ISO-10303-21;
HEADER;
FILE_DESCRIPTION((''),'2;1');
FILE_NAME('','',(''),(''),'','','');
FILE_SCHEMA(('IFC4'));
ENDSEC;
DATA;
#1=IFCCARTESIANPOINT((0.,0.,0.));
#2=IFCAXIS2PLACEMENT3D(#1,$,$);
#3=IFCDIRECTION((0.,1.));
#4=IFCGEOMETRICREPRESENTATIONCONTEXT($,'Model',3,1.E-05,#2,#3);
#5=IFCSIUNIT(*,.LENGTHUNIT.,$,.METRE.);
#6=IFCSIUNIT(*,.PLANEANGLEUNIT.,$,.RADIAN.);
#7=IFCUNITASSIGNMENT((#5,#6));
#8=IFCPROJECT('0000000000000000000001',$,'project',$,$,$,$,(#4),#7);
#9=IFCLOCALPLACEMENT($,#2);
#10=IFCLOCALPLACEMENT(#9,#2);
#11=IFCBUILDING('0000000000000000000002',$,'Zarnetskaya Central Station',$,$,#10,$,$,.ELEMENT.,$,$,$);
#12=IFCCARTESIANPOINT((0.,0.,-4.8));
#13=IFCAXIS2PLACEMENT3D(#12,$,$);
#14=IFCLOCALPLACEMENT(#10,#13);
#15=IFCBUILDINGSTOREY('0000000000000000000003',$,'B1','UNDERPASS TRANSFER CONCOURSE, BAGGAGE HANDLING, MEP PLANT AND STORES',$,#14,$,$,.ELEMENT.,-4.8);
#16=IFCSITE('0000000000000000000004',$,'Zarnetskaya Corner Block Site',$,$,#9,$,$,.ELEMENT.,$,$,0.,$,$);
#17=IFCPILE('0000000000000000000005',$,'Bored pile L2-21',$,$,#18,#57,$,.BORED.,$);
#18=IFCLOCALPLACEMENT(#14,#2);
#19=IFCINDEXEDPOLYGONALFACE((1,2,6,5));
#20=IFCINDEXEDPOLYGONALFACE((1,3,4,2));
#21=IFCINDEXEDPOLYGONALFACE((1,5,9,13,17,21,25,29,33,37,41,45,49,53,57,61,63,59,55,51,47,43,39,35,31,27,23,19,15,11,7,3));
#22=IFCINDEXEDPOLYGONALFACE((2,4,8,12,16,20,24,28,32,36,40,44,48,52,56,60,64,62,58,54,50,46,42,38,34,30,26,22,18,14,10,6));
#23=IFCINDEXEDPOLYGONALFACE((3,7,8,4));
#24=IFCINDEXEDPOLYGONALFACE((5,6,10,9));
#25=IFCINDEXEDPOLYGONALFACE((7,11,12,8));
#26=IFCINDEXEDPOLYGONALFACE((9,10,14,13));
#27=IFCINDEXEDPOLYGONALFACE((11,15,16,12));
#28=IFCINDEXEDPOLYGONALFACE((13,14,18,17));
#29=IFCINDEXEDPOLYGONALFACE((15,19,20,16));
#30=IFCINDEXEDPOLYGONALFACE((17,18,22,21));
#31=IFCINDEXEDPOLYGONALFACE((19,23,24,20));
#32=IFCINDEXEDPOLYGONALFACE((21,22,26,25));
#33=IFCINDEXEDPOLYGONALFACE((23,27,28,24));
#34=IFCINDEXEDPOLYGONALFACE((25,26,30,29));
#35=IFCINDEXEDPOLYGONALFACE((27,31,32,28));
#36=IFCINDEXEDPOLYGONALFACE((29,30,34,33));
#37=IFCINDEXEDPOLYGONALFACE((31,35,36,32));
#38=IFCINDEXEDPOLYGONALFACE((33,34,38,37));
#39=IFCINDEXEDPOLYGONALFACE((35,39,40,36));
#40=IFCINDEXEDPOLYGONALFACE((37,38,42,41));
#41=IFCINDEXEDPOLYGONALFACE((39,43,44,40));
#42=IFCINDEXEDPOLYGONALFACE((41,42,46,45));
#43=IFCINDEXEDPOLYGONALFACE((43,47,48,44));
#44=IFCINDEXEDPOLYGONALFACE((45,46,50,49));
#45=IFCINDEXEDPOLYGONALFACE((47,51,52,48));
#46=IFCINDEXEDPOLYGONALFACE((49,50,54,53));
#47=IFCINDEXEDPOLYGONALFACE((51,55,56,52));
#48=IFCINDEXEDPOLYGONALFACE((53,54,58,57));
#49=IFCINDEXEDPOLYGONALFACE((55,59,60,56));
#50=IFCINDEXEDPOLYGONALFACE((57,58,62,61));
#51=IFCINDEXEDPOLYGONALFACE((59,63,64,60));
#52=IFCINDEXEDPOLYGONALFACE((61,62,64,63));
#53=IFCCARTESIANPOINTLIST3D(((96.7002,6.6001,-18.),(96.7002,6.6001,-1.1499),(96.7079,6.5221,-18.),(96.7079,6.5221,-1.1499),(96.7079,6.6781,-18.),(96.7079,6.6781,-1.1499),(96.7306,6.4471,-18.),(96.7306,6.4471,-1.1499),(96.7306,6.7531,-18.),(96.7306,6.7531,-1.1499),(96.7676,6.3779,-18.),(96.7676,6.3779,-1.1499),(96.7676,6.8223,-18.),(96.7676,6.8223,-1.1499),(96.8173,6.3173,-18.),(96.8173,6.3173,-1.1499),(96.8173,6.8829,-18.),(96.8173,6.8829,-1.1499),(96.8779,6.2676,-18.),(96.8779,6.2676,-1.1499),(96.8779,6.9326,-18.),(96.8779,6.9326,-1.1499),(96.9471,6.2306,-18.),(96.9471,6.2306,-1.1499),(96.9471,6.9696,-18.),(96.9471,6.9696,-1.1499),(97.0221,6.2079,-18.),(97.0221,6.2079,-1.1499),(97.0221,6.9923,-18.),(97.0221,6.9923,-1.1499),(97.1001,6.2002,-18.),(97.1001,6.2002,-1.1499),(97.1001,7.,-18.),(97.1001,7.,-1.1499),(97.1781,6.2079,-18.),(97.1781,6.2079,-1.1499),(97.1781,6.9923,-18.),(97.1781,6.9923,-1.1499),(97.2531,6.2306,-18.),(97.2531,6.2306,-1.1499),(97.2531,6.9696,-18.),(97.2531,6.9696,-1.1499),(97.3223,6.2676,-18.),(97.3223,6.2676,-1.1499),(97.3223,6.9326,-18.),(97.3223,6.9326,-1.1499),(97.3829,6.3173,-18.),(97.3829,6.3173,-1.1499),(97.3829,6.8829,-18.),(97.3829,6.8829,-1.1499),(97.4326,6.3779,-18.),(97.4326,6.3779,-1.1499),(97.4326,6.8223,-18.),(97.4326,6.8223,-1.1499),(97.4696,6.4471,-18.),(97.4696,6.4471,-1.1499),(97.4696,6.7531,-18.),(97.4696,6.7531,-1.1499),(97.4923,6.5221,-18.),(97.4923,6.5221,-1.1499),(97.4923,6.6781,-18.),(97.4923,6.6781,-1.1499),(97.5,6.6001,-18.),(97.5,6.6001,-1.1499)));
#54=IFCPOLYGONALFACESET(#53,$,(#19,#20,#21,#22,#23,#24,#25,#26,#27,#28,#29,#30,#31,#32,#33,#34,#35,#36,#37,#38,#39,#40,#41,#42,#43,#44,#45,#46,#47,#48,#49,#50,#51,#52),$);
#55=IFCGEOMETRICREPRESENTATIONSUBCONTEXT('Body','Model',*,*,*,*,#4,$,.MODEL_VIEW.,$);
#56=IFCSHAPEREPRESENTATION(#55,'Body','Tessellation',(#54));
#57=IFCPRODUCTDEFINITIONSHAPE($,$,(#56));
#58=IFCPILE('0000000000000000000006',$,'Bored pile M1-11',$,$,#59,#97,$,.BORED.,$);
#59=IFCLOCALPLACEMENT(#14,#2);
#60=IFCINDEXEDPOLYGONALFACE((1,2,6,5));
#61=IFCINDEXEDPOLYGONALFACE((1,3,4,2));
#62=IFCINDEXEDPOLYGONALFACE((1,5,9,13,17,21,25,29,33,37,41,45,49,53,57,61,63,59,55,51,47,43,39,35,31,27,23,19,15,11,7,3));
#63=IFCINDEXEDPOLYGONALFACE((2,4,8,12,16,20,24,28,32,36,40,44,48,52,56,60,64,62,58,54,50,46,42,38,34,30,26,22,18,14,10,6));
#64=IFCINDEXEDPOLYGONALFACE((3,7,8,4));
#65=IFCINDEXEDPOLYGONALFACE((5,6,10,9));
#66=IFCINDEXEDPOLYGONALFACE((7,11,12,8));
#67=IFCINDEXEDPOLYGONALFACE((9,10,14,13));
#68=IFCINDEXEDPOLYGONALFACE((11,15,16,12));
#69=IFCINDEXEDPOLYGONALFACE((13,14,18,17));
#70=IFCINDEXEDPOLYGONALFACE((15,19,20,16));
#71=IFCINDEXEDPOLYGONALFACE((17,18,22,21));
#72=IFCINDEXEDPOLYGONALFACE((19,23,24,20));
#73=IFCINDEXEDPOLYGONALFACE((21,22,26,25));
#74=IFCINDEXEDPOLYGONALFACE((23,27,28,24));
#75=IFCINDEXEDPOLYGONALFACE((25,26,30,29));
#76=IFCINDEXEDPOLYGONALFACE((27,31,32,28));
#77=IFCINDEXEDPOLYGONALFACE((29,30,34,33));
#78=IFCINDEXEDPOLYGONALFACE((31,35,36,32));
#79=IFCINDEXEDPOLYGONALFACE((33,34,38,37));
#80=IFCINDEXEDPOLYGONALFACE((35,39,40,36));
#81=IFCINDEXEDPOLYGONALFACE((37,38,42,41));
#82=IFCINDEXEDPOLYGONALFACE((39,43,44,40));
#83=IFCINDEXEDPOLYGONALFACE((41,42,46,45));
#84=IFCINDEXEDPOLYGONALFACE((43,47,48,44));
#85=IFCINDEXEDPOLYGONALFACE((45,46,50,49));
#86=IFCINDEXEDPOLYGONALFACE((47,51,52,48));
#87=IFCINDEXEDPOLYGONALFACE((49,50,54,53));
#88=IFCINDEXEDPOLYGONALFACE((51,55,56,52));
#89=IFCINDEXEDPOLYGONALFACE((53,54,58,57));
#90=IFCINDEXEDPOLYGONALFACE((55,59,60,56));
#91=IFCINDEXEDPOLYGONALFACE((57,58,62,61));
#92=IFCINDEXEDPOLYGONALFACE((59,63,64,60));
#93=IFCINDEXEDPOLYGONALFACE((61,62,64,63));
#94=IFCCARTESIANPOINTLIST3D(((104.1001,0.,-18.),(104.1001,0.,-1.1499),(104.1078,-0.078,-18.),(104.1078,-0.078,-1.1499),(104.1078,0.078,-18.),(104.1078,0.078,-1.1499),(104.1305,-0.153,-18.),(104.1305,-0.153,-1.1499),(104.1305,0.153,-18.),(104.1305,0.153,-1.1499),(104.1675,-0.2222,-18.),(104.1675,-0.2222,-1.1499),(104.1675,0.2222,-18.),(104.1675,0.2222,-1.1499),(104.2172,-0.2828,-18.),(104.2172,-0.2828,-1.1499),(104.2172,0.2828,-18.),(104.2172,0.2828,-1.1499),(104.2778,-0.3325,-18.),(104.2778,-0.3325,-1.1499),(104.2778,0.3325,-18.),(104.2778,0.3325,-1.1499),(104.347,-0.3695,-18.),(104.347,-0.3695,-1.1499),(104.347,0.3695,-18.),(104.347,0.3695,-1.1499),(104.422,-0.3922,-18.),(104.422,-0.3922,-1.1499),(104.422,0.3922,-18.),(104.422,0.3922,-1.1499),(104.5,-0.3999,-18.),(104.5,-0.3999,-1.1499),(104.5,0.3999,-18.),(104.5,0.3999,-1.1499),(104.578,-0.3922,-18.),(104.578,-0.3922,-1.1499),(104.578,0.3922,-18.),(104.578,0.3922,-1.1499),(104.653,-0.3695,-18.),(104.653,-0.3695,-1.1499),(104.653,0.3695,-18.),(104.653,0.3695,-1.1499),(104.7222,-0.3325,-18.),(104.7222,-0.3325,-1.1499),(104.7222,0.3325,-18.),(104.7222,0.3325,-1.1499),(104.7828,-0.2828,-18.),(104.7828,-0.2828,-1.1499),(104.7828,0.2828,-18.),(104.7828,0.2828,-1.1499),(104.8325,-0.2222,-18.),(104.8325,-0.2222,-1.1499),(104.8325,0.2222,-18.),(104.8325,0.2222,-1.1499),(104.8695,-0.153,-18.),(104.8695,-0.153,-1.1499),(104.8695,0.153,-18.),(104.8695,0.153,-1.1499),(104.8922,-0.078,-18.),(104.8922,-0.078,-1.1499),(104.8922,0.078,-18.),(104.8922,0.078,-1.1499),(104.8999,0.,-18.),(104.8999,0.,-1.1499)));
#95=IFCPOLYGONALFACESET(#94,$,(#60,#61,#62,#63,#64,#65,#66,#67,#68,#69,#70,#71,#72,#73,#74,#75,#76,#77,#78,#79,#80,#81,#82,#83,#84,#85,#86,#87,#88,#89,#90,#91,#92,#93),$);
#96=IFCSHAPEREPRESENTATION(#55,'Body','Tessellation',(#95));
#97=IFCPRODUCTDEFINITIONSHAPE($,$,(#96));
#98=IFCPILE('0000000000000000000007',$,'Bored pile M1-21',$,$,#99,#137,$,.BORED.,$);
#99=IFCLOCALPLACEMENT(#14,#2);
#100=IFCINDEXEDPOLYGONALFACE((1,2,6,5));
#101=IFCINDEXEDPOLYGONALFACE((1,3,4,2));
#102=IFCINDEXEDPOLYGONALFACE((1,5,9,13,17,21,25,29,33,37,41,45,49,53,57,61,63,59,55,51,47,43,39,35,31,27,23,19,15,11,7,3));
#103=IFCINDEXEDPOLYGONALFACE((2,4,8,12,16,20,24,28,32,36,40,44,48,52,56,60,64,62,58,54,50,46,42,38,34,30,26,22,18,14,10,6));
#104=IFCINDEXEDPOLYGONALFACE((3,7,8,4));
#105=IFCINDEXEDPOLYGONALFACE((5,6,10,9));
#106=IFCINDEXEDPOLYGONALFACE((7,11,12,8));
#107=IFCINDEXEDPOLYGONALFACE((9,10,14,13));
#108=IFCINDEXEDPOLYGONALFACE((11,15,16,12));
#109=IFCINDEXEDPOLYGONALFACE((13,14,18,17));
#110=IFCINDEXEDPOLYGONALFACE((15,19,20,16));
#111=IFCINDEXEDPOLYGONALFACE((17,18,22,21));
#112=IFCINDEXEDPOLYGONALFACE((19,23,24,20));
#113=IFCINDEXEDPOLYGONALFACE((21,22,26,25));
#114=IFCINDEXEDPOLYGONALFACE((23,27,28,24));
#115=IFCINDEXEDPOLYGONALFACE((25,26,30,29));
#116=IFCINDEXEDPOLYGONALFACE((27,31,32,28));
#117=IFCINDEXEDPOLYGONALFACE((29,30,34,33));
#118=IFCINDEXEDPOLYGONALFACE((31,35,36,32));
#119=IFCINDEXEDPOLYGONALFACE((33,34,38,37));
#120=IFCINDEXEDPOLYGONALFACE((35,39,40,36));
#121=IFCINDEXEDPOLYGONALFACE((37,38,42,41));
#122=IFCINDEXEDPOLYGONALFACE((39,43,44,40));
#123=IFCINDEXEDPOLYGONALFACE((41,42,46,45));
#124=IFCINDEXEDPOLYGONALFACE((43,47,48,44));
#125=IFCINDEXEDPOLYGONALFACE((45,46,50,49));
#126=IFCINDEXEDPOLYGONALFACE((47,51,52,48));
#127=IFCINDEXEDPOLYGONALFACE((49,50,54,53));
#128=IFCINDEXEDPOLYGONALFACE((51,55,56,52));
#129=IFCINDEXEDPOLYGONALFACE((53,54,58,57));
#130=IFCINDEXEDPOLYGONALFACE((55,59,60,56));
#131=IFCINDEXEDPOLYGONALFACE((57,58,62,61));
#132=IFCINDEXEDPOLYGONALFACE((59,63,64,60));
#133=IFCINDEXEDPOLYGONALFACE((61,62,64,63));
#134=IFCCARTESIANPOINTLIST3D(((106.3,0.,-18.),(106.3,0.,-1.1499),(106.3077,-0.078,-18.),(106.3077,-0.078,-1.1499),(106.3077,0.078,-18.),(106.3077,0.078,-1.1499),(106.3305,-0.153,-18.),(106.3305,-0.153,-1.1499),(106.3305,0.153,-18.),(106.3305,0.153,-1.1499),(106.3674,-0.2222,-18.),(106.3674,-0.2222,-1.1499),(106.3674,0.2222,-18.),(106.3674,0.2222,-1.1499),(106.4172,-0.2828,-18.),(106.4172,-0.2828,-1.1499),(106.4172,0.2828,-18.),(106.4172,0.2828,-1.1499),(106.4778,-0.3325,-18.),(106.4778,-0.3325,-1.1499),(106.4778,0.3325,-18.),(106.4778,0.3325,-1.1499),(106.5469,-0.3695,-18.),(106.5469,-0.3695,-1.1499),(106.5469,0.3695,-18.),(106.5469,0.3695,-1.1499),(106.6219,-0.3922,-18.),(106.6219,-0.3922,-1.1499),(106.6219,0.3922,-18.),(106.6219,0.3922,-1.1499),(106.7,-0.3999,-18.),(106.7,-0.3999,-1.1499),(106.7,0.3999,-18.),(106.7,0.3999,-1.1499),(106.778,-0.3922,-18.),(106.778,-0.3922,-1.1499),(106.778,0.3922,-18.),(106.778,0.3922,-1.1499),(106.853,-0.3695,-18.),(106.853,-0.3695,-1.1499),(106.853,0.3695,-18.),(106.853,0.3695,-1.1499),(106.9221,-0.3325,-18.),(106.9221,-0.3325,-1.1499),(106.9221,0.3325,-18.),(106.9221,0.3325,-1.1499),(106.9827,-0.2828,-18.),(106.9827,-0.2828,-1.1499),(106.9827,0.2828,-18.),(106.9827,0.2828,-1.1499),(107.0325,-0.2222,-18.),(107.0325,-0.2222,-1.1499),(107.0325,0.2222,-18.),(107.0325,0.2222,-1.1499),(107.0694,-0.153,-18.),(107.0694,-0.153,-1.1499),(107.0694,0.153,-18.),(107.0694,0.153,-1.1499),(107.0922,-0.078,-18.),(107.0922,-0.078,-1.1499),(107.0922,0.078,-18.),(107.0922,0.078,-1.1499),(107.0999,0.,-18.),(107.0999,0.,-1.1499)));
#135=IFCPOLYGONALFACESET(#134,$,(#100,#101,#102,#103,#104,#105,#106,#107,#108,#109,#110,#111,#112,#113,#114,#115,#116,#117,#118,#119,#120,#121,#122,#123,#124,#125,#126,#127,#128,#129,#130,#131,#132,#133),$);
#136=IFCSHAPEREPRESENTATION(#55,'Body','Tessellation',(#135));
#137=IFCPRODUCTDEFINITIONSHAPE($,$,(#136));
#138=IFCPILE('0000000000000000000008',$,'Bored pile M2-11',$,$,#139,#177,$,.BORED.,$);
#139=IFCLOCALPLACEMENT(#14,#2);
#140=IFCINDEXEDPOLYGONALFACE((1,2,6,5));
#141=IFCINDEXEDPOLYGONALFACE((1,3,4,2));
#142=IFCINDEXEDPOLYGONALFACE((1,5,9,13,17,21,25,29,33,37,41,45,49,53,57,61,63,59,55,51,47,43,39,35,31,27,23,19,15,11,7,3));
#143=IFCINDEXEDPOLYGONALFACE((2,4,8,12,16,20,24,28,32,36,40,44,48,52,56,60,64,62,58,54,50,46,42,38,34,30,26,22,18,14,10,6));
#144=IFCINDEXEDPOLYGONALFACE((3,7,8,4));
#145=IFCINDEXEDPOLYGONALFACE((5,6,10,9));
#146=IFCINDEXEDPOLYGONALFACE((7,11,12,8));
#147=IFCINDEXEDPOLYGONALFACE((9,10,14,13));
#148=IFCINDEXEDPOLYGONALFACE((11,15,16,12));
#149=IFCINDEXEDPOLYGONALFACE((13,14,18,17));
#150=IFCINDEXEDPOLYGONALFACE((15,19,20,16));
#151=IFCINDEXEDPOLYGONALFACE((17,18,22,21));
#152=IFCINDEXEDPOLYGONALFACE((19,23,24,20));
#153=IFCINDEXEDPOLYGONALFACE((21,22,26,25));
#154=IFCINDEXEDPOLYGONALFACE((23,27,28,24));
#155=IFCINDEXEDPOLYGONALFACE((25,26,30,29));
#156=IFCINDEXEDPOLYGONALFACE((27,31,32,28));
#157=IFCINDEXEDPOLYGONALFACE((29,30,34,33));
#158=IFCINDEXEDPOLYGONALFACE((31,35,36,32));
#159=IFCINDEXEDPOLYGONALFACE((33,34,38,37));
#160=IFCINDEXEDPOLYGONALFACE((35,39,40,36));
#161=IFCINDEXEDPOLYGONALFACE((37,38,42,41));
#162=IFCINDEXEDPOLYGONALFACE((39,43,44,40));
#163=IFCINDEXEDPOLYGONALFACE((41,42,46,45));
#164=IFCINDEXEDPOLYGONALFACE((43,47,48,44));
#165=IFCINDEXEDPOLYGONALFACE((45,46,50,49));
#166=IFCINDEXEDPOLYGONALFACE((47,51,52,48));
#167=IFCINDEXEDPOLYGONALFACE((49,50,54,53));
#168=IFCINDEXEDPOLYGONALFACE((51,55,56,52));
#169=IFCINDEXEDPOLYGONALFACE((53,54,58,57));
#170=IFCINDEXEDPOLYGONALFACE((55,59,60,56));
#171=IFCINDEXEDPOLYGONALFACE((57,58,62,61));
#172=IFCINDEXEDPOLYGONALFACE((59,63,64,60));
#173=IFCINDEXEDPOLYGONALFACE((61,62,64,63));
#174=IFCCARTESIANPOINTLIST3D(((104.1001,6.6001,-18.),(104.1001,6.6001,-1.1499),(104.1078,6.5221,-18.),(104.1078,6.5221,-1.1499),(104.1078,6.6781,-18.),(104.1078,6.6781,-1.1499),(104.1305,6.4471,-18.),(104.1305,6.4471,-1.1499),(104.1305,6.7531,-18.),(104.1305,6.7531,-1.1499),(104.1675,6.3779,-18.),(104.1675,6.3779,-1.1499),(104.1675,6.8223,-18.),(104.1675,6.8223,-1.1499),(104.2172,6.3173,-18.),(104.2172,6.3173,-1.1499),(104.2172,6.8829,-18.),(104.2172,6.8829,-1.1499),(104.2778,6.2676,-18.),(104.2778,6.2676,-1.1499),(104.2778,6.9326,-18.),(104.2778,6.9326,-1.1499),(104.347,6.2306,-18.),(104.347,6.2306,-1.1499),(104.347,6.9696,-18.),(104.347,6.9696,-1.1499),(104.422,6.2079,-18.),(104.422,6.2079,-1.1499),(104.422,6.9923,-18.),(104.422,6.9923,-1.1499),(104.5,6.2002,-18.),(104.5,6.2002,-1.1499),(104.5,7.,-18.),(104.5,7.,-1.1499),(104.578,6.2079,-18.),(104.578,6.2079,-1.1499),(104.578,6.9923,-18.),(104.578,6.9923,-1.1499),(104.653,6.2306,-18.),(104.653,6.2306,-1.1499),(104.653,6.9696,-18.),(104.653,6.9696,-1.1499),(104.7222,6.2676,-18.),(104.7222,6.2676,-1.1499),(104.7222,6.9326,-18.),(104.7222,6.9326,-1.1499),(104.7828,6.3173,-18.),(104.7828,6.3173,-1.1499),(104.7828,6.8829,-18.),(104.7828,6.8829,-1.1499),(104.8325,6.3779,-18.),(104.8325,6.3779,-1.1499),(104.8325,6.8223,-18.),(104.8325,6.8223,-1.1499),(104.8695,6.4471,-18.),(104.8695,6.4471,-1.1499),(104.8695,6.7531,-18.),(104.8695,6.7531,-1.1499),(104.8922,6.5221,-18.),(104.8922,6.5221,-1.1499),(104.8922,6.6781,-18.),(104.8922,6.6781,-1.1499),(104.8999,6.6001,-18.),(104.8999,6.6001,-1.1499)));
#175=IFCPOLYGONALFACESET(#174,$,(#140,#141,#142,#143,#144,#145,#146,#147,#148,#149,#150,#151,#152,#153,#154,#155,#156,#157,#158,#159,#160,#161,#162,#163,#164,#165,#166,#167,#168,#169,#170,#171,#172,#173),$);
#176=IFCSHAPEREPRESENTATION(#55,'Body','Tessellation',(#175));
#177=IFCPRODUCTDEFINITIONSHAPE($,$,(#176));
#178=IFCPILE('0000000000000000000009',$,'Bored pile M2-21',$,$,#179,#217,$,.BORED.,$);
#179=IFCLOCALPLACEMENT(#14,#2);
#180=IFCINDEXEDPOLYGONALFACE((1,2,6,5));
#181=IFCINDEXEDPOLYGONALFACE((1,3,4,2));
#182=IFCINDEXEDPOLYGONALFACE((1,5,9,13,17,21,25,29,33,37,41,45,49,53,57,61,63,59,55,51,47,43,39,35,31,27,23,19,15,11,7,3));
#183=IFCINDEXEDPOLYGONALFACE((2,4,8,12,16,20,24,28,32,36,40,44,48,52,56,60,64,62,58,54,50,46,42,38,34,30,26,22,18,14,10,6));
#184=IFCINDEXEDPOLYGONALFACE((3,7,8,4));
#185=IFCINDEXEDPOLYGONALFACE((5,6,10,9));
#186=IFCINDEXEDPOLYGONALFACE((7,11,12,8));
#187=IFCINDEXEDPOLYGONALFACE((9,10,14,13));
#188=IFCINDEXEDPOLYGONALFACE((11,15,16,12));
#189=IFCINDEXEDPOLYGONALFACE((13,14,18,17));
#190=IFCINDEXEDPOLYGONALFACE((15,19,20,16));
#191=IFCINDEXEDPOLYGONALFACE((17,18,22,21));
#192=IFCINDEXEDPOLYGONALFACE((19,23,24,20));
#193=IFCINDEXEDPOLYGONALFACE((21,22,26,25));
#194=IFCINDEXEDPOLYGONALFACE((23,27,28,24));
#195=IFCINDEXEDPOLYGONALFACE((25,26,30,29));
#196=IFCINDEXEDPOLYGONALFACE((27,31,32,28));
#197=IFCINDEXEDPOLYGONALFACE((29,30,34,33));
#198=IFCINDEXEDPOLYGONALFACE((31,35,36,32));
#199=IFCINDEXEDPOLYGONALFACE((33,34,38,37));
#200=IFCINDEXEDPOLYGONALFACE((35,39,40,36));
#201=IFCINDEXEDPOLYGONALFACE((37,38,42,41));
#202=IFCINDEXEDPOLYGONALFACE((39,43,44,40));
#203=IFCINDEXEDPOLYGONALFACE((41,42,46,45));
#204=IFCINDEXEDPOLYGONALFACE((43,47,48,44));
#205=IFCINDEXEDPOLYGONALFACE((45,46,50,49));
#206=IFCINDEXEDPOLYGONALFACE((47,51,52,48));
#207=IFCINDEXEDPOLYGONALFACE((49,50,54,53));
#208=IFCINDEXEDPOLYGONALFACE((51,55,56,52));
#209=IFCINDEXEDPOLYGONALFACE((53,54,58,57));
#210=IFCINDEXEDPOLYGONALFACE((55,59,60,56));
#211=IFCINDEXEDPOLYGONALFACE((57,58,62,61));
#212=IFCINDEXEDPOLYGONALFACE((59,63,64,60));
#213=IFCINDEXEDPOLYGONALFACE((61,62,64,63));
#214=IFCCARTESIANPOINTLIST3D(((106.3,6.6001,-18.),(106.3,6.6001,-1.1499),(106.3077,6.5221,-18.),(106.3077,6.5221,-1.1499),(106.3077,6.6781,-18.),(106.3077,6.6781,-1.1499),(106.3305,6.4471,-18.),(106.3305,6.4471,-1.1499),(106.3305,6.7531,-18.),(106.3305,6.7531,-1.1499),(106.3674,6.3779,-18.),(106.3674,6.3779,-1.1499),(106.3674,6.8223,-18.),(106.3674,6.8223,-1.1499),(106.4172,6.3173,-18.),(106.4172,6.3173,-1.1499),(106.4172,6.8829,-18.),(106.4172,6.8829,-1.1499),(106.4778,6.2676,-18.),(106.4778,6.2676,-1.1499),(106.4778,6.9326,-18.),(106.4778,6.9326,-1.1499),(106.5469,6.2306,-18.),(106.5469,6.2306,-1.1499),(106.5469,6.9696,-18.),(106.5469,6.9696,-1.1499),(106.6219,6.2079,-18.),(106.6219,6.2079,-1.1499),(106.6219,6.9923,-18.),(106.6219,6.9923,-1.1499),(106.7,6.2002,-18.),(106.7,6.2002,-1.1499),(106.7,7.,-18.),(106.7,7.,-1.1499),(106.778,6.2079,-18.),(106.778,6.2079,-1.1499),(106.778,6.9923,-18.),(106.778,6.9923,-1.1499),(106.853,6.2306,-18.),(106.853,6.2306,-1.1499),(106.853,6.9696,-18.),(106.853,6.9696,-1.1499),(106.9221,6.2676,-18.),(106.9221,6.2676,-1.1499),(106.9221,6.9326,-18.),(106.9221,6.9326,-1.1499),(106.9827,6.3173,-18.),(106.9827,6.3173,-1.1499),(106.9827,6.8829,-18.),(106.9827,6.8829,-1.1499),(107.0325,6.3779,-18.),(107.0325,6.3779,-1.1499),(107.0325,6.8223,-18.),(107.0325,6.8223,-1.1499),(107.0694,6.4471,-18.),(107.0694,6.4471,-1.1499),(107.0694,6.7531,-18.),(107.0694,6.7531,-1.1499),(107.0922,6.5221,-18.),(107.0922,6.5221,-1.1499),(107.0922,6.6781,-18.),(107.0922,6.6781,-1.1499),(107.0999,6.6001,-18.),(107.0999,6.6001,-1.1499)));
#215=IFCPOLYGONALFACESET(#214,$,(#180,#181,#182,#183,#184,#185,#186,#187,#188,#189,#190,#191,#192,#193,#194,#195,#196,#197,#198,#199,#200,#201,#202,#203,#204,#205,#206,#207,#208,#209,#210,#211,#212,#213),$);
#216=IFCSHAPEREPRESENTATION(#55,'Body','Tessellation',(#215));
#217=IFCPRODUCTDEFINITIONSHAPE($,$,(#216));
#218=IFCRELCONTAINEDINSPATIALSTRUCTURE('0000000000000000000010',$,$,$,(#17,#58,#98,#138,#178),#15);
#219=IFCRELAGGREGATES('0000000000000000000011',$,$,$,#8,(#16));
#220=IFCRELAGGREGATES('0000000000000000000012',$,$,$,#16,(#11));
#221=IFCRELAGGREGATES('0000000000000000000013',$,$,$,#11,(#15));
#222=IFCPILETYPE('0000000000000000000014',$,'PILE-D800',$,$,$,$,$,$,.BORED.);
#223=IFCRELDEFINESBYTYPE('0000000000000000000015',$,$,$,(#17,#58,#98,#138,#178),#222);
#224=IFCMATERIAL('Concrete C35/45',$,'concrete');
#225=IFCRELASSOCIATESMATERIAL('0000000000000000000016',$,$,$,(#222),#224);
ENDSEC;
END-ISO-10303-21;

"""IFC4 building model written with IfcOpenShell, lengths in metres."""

from ifc_helpers import new_model, si_unit, direction, frame, origin, origin_2d, place, context, subcontext, project, spatial, circle, extrude, material, material_profile, profile_set, type_object, element, save


model = new_model("IFC4")

# Units and contexts
model_context = context("Model", 3, precision=1e-05, world=origin(), true_north=direction((0.0, 1.0)))
body_context = subcontext(model_context, "Body", "Model", "MODEL_VIEW")
ifc_project = project(units=[si_unit("LENGTHUNIT", "METRE"), si_unit("PLANEANGLEUNIT", "RADIAN")], contexts=[model_context])

# Site, building, storey
site_placement = place(None, origin())
site = spatial("IfcSite", under=ifc_project, at=site_placement, Name="Zarnetskaya Corner Block Site", CompositionType="ELEMENT", RefElevation=0.0)
building_placement = place(site_placement, origin())
building = spatial("IfcBuilding", under=site, at=building_placement, Name="Zarnetskaya Central Station", CompositionType="ELEMENT")
storey_placement = place(building_placement, frame((0.0, 0.0, -4.8)))
storey = spatial("IfcBuildingStorey", under=building, at=storey_placement, Name="B1", Description="UNDERPASS TRANSFER CONCOURSE, BAGGAGE HANDLING, MEP PLANT AND STORES", CompositionType="ELEMENT", Elevation=-4.8)

# Shared definitions
ifc_material_1 = material(Name="Concrete C35/45", Category="concrete")

# Piles
ifc_material_profile_1 = material_profile(ifc_material_1, circle(Radius=0.3999, at=origin_2d()), Name="BORED PILE D800")
ifc_profile_set_1 = profile_set([ifc_material_profile_1], Name="Concrete C35/45")
pile_type_1 = type_object("IfcPileType", Name="PILE-D800", PredefinedType="BORED", material=ifc_profile_set_1)
for number, where, z_axis, x_axis, name in (
    (1, (97.1001, 6.6001, -1.1499), (0.0, 0.0, -1.0), (1.0, 0.0, 0.0), "Bored pile L2-21"),
    (2, (104.5, 0.0, -1.1499), (0.0, 0.0, -1.0), (1.0, 0.0, 0.0), "Bored pile M1-11"),
    (3, (106.7, 0.0, -1.1499), (0.0, 0.0, -1.0), (1.0, 0.0, 0.0), "Bored pile M1-21"),
    (4, (104.5, 6.6001, -1.1499), (0.0, 0.0, -1.0), (1.0, 0.0, 0.0), "Bored pile M2-11"),
    (5, (106.7, 6.6001, -1.1499), (0.0, 0.0, -1.0), (1.0, 0.0, 0.0), "Bored pile M2-21"),
):
    element("IfcPile", number, at=place(storey_placement, frame(where, z_axis=z_axis, x_axis=x_axis)), inside=storey, type_object=pile_type_1, Name=name, PredefinedType="BORED", context=body_context, shape_type="SweptSolid", body=[
        extrude(circle(Radius=0.3999, at=origin_2d()), origin(), (0.0, 0.0, 1.0), 16.8501),
    ])

save(model, "model.ifc")
